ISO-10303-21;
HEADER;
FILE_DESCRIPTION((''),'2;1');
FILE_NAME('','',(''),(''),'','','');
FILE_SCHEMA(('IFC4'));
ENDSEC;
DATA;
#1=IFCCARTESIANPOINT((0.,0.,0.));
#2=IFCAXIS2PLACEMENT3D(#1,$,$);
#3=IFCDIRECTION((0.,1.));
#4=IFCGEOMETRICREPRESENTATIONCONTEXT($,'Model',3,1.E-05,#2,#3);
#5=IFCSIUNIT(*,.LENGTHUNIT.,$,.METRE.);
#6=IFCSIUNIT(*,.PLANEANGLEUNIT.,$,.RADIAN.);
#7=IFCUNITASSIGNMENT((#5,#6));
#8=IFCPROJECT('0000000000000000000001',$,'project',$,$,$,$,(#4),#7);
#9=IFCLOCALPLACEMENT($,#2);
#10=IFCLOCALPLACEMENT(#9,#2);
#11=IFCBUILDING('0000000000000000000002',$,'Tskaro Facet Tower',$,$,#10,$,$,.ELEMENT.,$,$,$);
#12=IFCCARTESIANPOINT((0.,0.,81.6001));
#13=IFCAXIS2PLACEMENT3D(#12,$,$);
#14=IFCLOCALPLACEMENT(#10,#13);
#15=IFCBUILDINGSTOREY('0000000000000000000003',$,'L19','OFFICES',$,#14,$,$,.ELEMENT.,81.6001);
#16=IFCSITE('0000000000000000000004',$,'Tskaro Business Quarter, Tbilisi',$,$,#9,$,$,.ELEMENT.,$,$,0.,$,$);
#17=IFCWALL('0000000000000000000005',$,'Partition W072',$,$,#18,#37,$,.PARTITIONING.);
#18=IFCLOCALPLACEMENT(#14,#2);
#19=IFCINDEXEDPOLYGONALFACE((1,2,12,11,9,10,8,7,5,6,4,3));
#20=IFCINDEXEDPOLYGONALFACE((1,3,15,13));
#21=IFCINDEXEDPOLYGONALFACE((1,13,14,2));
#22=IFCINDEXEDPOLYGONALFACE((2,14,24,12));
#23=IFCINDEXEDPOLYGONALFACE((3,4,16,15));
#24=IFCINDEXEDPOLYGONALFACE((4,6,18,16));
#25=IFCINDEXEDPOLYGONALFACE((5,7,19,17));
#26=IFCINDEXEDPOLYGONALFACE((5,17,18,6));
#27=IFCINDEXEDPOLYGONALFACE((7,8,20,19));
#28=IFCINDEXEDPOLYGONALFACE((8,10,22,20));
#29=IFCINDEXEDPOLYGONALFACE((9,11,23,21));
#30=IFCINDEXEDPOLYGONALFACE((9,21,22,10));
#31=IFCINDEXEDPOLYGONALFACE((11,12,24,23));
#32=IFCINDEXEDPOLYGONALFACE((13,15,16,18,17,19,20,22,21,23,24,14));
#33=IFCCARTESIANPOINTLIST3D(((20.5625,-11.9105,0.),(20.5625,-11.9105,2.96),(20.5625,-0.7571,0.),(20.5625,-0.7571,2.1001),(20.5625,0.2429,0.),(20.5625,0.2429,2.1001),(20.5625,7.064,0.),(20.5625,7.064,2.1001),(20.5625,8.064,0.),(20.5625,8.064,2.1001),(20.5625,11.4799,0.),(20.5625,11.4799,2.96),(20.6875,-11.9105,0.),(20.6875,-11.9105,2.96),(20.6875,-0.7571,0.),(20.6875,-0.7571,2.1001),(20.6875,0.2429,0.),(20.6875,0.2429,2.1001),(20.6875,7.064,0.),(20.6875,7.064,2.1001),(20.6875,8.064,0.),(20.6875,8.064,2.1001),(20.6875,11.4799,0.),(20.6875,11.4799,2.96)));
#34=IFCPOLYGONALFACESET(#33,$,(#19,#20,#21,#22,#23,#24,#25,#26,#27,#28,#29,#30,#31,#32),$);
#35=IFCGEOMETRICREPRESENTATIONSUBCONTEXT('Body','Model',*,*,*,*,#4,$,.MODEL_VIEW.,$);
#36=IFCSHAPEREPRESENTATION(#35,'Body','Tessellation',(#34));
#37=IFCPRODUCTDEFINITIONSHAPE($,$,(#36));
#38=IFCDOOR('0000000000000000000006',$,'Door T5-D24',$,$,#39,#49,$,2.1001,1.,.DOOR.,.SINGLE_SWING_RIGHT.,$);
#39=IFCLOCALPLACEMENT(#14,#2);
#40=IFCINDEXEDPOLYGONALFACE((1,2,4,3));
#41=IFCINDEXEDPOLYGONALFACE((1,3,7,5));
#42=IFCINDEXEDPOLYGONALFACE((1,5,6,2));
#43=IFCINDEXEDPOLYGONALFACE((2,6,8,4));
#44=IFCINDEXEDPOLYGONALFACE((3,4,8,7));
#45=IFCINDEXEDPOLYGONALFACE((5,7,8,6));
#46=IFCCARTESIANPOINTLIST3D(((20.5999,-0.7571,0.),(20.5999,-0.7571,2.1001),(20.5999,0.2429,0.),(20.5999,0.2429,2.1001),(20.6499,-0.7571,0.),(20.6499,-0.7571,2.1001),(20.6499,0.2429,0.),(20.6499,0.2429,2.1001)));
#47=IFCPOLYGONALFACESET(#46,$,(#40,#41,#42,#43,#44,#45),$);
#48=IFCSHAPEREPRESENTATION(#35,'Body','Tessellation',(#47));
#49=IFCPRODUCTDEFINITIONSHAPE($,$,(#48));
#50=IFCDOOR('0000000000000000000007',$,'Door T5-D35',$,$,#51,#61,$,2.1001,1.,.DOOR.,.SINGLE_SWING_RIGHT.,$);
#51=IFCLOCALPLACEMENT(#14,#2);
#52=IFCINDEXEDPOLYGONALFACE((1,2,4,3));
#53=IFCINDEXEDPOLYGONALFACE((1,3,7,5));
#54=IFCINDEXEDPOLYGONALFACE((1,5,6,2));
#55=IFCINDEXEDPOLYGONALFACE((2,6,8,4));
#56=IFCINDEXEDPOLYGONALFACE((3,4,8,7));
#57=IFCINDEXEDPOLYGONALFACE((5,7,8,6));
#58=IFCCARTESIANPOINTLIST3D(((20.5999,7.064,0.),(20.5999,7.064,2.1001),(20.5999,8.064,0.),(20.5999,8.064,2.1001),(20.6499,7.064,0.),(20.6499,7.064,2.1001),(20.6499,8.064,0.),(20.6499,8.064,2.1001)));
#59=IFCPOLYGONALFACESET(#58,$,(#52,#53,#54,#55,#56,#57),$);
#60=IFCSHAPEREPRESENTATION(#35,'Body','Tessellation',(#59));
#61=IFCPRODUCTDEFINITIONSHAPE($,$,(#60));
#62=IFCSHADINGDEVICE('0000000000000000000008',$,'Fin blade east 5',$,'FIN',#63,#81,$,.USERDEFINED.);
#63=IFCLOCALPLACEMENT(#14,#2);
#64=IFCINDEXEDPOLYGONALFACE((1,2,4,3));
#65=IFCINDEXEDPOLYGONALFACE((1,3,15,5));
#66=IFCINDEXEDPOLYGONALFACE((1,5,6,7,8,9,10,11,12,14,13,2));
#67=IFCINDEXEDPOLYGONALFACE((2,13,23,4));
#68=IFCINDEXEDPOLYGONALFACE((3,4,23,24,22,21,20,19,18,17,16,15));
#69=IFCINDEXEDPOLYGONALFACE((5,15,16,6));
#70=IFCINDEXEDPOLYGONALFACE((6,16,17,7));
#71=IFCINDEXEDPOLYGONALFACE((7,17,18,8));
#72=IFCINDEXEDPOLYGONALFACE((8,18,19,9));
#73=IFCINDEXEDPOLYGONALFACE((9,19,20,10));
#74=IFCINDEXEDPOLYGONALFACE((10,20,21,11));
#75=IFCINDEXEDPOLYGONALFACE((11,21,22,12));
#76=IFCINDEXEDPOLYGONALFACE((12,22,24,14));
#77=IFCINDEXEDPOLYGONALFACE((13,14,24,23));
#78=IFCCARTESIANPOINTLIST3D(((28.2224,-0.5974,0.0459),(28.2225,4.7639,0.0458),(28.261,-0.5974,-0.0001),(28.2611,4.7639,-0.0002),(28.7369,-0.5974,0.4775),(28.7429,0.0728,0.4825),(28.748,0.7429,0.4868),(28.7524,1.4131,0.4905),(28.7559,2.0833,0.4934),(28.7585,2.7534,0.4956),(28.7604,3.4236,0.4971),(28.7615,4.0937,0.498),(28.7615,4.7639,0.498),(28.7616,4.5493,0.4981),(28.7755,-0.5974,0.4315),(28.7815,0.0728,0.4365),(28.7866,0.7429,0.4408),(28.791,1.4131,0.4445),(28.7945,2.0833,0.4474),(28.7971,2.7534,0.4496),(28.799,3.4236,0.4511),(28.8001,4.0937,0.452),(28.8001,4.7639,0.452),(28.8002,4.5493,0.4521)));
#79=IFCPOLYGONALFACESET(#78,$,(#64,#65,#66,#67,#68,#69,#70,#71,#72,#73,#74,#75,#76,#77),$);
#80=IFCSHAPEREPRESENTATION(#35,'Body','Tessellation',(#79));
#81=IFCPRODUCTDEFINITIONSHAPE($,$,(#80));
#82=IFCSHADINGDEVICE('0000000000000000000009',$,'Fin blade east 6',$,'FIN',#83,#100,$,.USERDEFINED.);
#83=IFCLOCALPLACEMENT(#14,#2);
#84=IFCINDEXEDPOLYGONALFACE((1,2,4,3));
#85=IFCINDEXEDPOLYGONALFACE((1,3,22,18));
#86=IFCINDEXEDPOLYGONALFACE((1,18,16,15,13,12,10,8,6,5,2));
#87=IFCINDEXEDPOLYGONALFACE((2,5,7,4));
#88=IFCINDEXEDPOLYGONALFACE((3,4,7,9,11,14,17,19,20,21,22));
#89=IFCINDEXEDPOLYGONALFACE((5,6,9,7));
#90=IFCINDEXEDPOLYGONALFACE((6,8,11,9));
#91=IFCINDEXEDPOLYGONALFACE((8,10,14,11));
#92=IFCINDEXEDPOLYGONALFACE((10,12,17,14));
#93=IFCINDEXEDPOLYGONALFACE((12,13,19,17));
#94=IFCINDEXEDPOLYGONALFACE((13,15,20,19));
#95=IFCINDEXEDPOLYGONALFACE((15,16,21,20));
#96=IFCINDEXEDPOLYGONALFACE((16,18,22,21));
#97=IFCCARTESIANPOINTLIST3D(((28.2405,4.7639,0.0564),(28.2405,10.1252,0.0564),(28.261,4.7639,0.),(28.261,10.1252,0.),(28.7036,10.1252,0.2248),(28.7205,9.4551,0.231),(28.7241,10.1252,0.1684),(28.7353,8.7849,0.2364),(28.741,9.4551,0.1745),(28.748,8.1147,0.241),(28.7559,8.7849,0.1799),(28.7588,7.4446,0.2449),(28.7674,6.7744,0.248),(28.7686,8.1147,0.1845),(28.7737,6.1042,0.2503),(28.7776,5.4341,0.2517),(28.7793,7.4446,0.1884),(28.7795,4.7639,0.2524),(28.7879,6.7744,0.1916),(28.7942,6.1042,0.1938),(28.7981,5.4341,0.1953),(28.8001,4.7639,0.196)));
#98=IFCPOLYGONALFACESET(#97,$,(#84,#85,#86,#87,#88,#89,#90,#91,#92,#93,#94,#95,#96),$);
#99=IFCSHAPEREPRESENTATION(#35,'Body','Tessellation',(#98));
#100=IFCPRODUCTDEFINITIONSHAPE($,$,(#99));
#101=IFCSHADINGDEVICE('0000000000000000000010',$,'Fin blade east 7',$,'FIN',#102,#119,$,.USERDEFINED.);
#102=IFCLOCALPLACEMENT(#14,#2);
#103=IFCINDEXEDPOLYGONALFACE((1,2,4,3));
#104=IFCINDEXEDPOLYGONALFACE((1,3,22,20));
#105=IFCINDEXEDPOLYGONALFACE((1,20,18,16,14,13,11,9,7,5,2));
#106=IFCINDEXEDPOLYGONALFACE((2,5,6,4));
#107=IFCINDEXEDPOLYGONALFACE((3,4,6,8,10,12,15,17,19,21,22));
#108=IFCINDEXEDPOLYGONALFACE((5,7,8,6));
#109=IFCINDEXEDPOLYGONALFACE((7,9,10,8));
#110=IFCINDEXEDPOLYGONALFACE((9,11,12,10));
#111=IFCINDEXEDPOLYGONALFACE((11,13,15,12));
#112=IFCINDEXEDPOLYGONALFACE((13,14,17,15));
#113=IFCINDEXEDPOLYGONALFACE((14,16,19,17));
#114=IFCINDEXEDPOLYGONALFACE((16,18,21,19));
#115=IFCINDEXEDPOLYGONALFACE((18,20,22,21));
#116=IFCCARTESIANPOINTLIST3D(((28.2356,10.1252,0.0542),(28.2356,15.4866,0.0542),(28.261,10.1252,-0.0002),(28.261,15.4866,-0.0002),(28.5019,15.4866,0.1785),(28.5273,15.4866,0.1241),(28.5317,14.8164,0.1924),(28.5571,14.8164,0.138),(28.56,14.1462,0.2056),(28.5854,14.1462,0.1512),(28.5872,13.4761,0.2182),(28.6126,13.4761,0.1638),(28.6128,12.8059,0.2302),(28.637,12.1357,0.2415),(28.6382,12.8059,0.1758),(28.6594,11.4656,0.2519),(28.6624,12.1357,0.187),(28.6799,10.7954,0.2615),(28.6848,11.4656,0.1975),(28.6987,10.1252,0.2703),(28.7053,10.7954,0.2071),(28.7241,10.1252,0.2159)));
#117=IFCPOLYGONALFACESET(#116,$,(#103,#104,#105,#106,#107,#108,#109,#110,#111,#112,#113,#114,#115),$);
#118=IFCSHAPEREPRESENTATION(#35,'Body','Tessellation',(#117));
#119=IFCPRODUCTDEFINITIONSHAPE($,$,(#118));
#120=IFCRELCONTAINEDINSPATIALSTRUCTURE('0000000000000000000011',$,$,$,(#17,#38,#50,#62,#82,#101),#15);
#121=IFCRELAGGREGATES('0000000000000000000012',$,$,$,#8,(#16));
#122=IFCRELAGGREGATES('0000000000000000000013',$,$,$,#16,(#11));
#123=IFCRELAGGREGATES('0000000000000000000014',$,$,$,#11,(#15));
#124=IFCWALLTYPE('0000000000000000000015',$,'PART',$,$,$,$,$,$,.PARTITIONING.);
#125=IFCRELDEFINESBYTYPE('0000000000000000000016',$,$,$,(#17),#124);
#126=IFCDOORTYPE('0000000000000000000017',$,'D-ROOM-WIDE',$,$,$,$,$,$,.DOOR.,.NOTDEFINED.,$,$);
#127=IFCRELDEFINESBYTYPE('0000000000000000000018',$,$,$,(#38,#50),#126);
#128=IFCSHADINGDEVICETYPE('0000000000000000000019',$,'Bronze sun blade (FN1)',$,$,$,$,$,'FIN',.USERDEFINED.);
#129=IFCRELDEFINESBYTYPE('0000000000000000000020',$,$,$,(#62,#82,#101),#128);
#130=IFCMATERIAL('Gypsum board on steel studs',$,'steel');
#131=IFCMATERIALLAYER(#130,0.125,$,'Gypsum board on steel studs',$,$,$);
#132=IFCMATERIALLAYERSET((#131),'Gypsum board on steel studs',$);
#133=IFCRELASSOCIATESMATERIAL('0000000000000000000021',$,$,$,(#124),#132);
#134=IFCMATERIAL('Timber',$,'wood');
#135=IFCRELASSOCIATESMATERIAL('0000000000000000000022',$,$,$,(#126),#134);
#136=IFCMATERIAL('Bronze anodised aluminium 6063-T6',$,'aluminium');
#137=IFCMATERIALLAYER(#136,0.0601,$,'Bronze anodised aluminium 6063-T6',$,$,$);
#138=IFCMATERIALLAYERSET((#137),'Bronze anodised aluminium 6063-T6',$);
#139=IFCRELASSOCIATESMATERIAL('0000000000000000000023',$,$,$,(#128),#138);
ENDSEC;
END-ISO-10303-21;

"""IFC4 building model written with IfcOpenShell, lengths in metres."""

from ifc_helpers import new_model, si_unit, direction, frame, frame_2d, origin, place, context, subcontext, project, spatial, polyline, rectangle, outline, extrude, material, layer, layer_set, type_object, element, fill, save


model = new_model("IFC4")

# Units and contexts
model_context = context("Model", 3, precision=1e-05, world=origin(), true_north=direction((0.0, 1.0)))
body_context = subcontext(model_context, "Body", "Model", "MODEL_VIEW")
ifc_project = project(units=[si_unit("LENGTHUNIT", "METRE"), si_unit("PLANEANGLEUNIT", "RADIAN")], contexts=[model_context])

# Site, building, storey
site_placement = place(None, origin())
site = spatial("IfcSite", under=ifc_project, at=site_placement, Name="Tskaro Business Quarter, Tbilisi", CompositionType="ELEMENT", RefElevation=0.0)
building_placement = place(site_placement, origin())
building = spatial("IfcBuilding", under=site, at=building_placement, Name="Tskaro Facet Tower", CompositionType="ELEMENT")
storey_placement = place(building_placement, frame((0.0, 0.0, 81.6001)))
storey = spatial("IfcBuildingStorey", under=building, at=storey_placement, Name="L19", Description="OFFICES", CompositionType="ELEMENT", Elevation=81.6001)

# Shared definitions
ifc_material_1 = material(Name="Bronze anodised aluminium 6063-T6", Category="aluminium")

# Shared definitions
ifc_material_2 = material(Name="Gypsum board on steel studs", Category="steel")
ifc_layer_1 = layer(ifc_material_2, 0.125, Name="Gypsum board on steel studs")
ifc_layer_set_1 = layer_set([ifc_layer_1], Name="Gypsum board on steel studs")
wall_type = type_object("IfcWallType", Name="PART", PredefinedType="PARTITIONING", material=ifc_layer_set_1)

# Wall, openings, doors
wall_1_placement = place(storey_placement, frame((20.625, 11.48, 0.0), z_axis=(0.0, 0.0, 1.0), x_axis=(0.0, -1.0, 0.0)))
wall_1 = element("IfcWall", 1, at=wall_1_placement, inside=storey, type_object=wall_type, Name="Partition W072", PredefinedType="PARTITIONING", context=body_context, shape_type="SweptSolid", body=[
    extrude(rectangle(XDim=23.3904, YDim=0.125, at=frame_2d((11.6953, 0.0))), origin(), (0.0, 0.0, 1.0), 2.96),
])
opening_1_placement = place(wall_1_placement, frame((11.2371, 0.0, 0.0)))
opening_1 = element("IfcOpeningElement", 2, at=opening_1_placement, cuts=wall_1, PredefinedType="OPENING", context=body_context, shape_type="SweptSolid", body=[
    extrude(rectangle(XDim=1.0, YDim=2.1001, at=frame_2d((0.5, 1.05))), frame((0.0, 0.0725, 0.0), z_axis=(0.0, -1.0, 0.0), x_axis=(1.0, 0.0, 0.0)), (0.0, 0.0, 1.0), 0.145),
])
opening_2_placement = place(wall_1_placement, frame((3.416, 0.0, 0.0)))
opening_2 = element("IfcOpeningElement", 3, at=opening_2_placement, cuts=wall_1, PredefinedType="OPENING", context=body_context, shape_type="SweptSolid", body=[
    extrude(rectangle(XDim=1.0, YDim=2.1001, at=frame_2d((0.5, 1.05))), frame((0.0, 0.0725, 0.0), z_axis=(0.0, -1.0, 0.0), x_axis=(1.0, 0.0, 0.0)), (0.0, 0.0, 1.0), 0.145),
])
ifc_material_3 = material(Name="Timber", Category="wood")
door_type = type_object("IfcDoorType", Name="D-ROOM-WIDE", OperationType="NOTDEFINED", PredefinedType="DOOR", material=ifc_material_3)
door_1_placement = place(opening_1_placement, origin())
door_1 = element("IfcDoor", 4, at=door_1_placement, inside=storey, type_object=door_type, Name="Door T5-D24", OperationType="SINGLE_SWING_RIGHT", OverallHeight=2.1001, OverallWidth=1.0, PredefinedType="DOOR", context=body_context, shape_type="SweptSolid", body=[
    extrude(rectangle(XDim=1.0, YDim=2.1001, at=frame_2d((0.5, 1.05))), frame((0.0, 0.0249, 0.0), z_axis=(0.0, -1.0, 0.0), x_axis=(1.0, 0.0, 0.0)), (0.0, 0.0, 1.0), 0.05),
])
fill(opening_1, door_1)
door_2_placement = place(opening_2_placement, origin())
door_2 = element("IfcDoor", 5, at=door_2_placement, inside=storey, type_object=door_type, Name="Door T5-D35", OperationType="SINGLE_SWING_RIGHT", OverallHeight=2.1001, OverallWidth=1.0, PredefinedType="DOOR", context=body_context, shape_type="SweptSolid", body=[
    extrude(rectangle(XDim=1.0, YDim=2.1001, at=frame_2d((0.5, 1.05))), frame((0.0, 0.0249, 0.0), z_axis=(0.0, -1.0, 0.0), x_axis=(1.0, 0.0, 0.0)), (0.0, 0.0, 1.0), 0.05),
])
fill(opening_2, door_2)

# Shading devices
ifc_layer_2 = layer(ifc_material_1, 0.0601, Name="Bronze anodised aluminium 6063-T6")
ifc_layer_set_2 = layer_set([ifc_layer_2], Name="Bronze anodised aluminium 6063-T6")
shading_device_type = type_object("IfcShadingDeviceType", Name="Bronze sun blade (FN1)", ElementType="FIN", PredefinedType="USERDEFINED", material=ifc_layer_set_2)
shading_device_1_placement = place(storey_placement, frame((28.2224, -0.5974, 0.0459), z_axis=(-0.642699, 0.000012, 0.766119), x_axis=(0.000008, 1.0, -0.000009)))
element("IfcShadingDevice", 6, at=shading_device_1_placement, inside=storey, type_object=shading_device_type, Name="Fin blade east 5", ObjectType="FIN", PredefinedType="USERDEFINED", context=body_context, shape_type="SweptSolid", body=[
    extrude(outline(polyline([(0.0, 0.0), (5.3613, 0.0), (5.3613, -0.7036), (5.1467, -0.7037), (4.6912, -0.7036), (4.021, -0.7022), (3.3508, -0.6998), (2.6807, -0.6963), (2.0105, -0.6918), (1.3403, -0.6861), (0.6702, -0.6793), (0.0, -0.6715), (0.0, 0.0)])), origin(), (0.0, 0.0, -1.0), 0.0601),
])
shading_device_2_placement = place(storey_placement, frame((28.2405, 4.7639, 0.0564), z_axis=(-0.341754, -0.000002, 0.939789), x_axis=(-0.000001, 1.0, 0.000002)))
element("IfcShadingDevice", 7, at=shading_device_2_placement, inside=storey, type_object=shading_device_type, Name="Fin blade east 6", ObjectType="FIN", PredefinedType="USERDEFINED", context=body_context, shape_type="SweptSolid", body=[
    extrude(outline(polyline([(0.0, 0.0), (5.3613, 0.0), (5.3613, -0.4928), (4.6912, -0.5107), (4.021, -0.5266), (3.3508, -0.5401), (2.6807, -0.5515), (2.0105, -0.5606), (1.3403, -0.5673), (0.6702, -0.5715), (0.0, -0.5736), (0.0, 0.0)])), origin(), (0.0, 0.0, -1.0), 0.0601),
])
shading_device_3_placement = place(storey_placement, frame((28.2356, 10.1252, 0.0542), z_axis=(-0.422816, -0.000002, 0.906215), x_axis=(-0.000001, 1.0, 0.000002)))
element("IfcShadingDevice", 8, at=shading_device_3_placement, inside=storey, type_object=shading_device_type, Name="Fin blade east 7", ObjectType="FIN", PredefinedType="USERDEFINED", context=body_context, shape_type="SweptSolid", body=[
    extrude(outline(polyline([(0.0, 0.0), (5.3613, 0.0), (5.3613, -0.2939), (4.6912, -0.3268), (4.021, -0.358), (3.3508, -0.388), (2.6807, -0.4162), (2.0105, -0.4429), (1.3403, -0.4677), (0.6702, -0.4903), (0.0, -0.5111), (0.0, 0.0)])), origin(), (0.0, 0.0, -1.0), 0.0601),
])

save(model, "model.ifc")
